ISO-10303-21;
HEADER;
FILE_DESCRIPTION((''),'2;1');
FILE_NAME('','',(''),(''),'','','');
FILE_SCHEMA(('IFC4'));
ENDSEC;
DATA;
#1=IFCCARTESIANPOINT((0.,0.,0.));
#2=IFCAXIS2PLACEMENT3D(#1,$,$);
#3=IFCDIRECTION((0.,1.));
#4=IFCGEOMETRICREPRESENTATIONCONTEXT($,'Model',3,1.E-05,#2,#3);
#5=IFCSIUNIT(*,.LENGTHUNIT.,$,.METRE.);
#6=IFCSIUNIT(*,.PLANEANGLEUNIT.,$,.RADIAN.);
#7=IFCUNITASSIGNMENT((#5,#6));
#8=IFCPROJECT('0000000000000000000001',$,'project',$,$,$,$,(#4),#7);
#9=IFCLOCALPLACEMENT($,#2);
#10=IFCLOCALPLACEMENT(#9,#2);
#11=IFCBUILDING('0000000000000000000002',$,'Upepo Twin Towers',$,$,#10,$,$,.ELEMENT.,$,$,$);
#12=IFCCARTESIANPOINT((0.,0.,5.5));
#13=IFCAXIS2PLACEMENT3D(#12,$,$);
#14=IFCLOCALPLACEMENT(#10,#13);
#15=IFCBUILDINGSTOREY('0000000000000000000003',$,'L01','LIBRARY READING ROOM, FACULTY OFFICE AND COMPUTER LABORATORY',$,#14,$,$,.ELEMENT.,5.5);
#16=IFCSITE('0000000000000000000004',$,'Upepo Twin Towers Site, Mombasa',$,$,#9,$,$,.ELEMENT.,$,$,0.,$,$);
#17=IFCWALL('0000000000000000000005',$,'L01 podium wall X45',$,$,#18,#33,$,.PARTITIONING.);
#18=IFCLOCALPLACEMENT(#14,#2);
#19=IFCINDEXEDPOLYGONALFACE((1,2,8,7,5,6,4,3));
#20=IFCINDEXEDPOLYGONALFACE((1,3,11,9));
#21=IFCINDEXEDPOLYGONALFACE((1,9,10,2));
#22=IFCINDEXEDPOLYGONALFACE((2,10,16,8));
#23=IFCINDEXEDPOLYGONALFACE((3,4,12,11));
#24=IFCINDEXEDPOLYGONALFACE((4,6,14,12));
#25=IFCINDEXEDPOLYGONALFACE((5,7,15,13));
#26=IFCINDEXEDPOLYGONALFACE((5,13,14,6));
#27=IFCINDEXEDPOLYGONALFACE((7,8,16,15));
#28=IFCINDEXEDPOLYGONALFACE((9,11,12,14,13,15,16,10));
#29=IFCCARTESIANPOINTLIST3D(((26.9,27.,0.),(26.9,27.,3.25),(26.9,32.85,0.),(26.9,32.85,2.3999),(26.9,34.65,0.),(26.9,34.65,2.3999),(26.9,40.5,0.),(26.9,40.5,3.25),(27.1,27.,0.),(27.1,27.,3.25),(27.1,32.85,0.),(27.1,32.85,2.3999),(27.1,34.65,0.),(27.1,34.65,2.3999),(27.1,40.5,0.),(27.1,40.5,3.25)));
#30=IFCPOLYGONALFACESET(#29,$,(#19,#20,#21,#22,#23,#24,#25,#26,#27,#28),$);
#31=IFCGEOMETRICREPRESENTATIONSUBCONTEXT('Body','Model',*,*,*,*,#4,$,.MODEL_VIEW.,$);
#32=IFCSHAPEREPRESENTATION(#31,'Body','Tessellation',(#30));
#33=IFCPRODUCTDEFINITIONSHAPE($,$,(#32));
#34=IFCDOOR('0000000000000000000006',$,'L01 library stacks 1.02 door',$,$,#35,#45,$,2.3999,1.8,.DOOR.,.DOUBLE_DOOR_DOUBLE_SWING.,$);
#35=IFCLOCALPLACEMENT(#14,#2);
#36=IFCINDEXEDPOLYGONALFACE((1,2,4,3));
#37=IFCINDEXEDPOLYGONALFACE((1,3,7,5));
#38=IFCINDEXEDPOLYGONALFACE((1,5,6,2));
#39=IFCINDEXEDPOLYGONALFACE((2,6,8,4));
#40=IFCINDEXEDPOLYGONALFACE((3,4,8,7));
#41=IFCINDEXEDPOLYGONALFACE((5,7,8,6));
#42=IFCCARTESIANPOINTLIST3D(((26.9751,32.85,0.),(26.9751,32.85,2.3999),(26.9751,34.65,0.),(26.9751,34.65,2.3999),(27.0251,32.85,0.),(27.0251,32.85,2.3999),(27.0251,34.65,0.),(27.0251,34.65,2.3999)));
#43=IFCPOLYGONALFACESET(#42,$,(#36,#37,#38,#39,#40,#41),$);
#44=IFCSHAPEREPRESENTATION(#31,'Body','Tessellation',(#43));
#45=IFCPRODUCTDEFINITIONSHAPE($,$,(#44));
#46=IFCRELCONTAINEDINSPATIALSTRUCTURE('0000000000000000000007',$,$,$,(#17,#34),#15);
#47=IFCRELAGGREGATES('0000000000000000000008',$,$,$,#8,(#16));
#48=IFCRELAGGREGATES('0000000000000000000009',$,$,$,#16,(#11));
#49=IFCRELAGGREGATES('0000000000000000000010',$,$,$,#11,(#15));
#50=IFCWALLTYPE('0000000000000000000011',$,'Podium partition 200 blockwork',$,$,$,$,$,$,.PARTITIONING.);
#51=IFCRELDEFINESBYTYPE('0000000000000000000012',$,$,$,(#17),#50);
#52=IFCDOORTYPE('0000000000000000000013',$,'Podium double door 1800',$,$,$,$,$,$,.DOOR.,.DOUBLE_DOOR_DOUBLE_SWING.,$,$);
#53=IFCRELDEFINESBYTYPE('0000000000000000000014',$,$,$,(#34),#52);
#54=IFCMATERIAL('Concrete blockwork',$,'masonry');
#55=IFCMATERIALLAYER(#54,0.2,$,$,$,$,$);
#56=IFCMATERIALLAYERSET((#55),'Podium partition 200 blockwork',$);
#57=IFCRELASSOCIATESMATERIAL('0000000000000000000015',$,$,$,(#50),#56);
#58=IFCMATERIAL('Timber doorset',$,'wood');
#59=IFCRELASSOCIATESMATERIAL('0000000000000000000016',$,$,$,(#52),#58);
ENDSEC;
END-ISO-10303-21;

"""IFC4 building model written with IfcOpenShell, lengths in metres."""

from ifc_helpers import new_model, si_unit, direction, frame, frame_2d, origin, place, context, subcontext, project, spatial, rectangle, extrude, material, layer, layer_set, type_object, element, fill, save


model = new_model("IFC4")

# Units and contexts
model_context = context("Model", 3, precision=1e-05, world=origin(), true_north=direction((0.0, 1.0)))
body_context = subcontext(model_context, "Body", "Model", "MODEL_VIEW")
ifc_project = project(units=[si_unit("LENGTHUNIT", "METRE"), si_unit("PLANEANGLEUNIT", "RADIAN")], contexts=[model_context])

# Site, building, storey
site_placement = place(None, origin())
site = spatial("IfcSite", under=ifc_project, at=site_placement, Name="Upepo Twin Towers Site, Mombasa", CompositionType="ELEMENT", RefElevation=0.0)
building_placement = place(site_placement, origin())
building = spatial("IfcBuilding", under=site, at=building_placement, Name="Upepo Twin Towers", CompositionType="ELEMENT")
storey_placement = place(building_placement, frame((0.0, 0.0, 5.5)))
storey = spatial("IfcBuildingStorey", under=building, at=storey_placement, Name="L01", Description="LIBRARY READING ROOM, FACULTY OFFICE AND COMPUTER LABORATORY", CompositionType="ELEMENT", Elevation=5.5)

# Shared definitions
ifc_material_1 = material(Name="Concrete blockwork", Category="masonry")
ifc_layer_1 = layer(ifc_material_1, 0.2)
ifc_layer_set_1 = layer_set([ifc_layer_1], Name="Podium partition 200 blockwork")
wall_type = type_object("IfcWallType", Name="Podium partition 200 blockwork", PredefinedType="PARTITIONING", material=ifc_layer_set_1)

# Wall, opening, door
wall_1_placement = place(storey_placement, frame((27.0, 27.0, 0.0), z_axis=(0.0, 0.0, 1.0), x_axis=(0.0, 1.0, 0.0)))
wall_1 = element("IfcWall", 1, at=wall_1_placement, inside=storey, type_object=wall_type, Name="L01 podium wall X45", PredefinedType="PARTITIONING", context=body_context, shape_type="SweptSolid", body=[
    extrude(rectangle(XDim=13.5, YDim=0.2, at=frame_2d((6.75, 0.0))), origin(), (0.0, 0.0, 1.0), 3.25),
])
opening_placement = place(wall_1_placement, frame((5.8501, 0.0, 0.0)))
opening = element("IfcOpeningElement", 2, at=opening_placement, cuts=wall_1, PredefinedType="OPENING", context=body_context, shape_type="SweptSolid", body=[
    extrude(rectangle(XDim=1.8, YDim=2.3999, at=frame_2d((0.8999, 1.2))), frame((0.0, 0.1099, 0.0), z_axis=(0.0, -1.0, 0.0), x_axis=(1.0, 0.0, 0.0)), (0.0, 0.0, 1.0), 0.22),
])
ifc_material_2 = material(Name="Timber doorset", Category="wood")
door_type = type_object("IfcDoorType", Name="Podium double door 1800", OperationType="DOUBLE_DOOR_DOUBLE_SWING", PredefinedType="DOOR", material=ifc_material_2)
door_placement = place(opening_placement, origin())
door = element("IfcDoor", 3, at=door_placement, inside=storey, type_object=door_type, Name="L01 library stacks 1.02 door", OperationType="DOUBLE_DOOR_DOUBLE_SWING", OverallHeight=2.3999, OverallWidth=1.8, PredefinedType="DOOR", context=body_context, shape_type="SweptSolid", body=[
    extrude(rectangle(XDim=1.8, YDim=2.3999, at=frame_2d((0.8999, 1.2))), frame((0.0, 0.0249, 0.0), z_axis=(0.0, -1.0, 0.0), x_axis=(1.0, 0.0, 0.0)), (0.0, 0.0, 1.0), 0.05),
])
fill(opening, door)

save(model, "model.ifc")
